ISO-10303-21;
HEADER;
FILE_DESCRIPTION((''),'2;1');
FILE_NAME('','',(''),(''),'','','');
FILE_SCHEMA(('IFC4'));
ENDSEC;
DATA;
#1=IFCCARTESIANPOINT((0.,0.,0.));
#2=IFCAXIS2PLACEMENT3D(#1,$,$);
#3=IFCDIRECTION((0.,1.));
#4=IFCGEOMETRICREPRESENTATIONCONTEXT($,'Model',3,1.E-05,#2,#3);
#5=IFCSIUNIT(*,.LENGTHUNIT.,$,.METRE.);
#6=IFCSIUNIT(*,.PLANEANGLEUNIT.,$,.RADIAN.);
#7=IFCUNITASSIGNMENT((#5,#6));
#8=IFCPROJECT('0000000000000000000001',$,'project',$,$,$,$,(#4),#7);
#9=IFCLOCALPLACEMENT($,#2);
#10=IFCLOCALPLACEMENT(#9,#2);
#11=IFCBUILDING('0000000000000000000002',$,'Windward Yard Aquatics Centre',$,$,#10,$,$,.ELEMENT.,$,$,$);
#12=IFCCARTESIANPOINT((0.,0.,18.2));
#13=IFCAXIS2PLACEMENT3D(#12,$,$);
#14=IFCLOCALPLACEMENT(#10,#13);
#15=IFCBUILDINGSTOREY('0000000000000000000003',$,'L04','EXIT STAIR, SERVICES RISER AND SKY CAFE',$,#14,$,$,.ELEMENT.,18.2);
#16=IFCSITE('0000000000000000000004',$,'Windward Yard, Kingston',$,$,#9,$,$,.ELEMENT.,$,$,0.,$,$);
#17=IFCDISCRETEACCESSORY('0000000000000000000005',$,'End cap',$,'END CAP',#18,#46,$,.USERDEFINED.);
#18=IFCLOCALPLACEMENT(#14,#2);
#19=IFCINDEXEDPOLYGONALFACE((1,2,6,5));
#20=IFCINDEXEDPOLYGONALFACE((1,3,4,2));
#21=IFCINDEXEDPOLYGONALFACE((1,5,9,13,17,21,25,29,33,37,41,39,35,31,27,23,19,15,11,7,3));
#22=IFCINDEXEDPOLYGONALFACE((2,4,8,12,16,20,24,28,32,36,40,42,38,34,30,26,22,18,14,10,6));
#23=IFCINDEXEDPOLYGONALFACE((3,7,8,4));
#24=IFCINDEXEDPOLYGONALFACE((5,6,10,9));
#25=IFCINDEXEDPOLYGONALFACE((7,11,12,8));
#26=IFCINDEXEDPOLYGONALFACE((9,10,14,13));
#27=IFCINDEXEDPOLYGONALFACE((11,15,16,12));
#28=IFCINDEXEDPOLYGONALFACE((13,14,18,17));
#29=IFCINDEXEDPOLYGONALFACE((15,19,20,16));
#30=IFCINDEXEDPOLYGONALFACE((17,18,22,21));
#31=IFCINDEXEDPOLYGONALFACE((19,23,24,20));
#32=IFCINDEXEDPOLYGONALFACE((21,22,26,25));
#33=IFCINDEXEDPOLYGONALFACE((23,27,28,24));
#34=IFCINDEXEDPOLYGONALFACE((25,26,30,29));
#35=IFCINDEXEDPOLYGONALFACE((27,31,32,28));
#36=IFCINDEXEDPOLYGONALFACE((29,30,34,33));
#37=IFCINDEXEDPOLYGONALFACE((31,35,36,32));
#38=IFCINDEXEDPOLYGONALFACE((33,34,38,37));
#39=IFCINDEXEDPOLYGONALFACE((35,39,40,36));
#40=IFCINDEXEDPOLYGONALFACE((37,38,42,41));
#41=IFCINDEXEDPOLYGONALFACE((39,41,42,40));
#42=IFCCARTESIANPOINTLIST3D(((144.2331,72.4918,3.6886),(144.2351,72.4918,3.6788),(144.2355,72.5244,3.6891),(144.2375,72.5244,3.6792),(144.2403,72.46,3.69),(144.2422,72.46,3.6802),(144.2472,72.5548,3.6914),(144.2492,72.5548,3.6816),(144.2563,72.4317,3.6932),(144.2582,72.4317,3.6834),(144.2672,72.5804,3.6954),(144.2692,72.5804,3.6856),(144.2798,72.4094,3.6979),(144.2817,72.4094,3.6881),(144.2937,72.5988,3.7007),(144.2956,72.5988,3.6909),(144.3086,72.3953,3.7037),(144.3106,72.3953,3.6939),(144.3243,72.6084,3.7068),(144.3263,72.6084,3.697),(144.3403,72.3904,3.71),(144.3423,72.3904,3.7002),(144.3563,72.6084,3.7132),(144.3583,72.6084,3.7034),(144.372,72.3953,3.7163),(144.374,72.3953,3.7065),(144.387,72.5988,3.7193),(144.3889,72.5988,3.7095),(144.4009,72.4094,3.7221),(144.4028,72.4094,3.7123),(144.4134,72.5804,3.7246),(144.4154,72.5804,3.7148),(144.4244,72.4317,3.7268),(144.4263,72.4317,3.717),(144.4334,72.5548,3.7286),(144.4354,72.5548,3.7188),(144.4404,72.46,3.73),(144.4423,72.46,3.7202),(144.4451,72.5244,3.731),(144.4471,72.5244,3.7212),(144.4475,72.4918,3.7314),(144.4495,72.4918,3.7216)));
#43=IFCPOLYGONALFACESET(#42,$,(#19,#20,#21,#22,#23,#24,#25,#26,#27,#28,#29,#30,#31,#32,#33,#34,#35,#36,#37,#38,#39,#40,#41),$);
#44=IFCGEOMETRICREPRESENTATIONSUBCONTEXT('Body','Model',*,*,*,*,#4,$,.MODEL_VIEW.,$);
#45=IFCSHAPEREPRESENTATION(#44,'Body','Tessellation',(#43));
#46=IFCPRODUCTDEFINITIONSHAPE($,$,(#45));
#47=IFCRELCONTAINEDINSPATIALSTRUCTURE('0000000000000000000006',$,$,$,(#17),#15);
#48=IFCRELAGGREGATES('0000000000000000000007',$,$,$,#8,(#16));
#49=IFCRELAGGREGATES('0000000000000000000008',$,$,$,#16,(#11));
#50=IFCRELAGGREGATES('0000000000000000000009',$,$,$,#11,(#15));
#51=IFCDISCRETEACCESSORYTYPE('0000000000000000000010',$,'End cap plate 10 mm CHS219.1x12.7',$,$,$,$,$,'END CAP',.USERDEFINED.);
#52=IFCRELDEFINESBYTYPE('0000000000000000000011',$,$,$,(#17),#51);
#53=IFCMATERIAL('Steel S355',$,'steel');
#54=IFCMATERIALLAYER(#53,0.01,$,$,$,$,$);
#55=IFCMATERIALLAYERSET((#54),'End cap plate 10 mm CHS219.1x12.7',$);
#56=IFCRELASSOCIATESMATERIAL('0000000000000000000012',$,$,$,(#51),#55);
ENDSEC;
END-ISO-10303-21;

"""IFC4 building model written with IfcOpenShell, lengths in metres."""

from ifc_helpers import new_model, si_unit, direction, frame, origin, origin_2d, place, context, subcontext, project, spatial, circle, extrude, material, layer, layer_set, type_object, element, save


model = new_model("IFC4")

# Units and contexts
model_context = context("Model", 3, precision=1e-05, world=origin(), true_north=direction((0.0, 1.0)))
body_context = subcontext(model_context, "Body", "Model", "MODEL_VIEW")
ifc_project = project(units=[si_unit("LENGTHUNIT", "METRE"), si_unit("PLANEANGLEUNIT", "RADIAN")], contexts=[model_context])

# Site, building, storey
site_placement = place(None, origin())
site = spatial("IfcSite", under=ifc_project, at=site_placement, Name="Windward Yard, Kingston", CompositionType="ELEMENT", RefElevation=0.0)
building_placement = place(site_placement, origin())
building = spatial("IfcBuilding", under=site, at=building_placement, Name="Windward Yard Aquatics Centre", CompositionType="ELEMENT")
storey_placement = place(building_placement, frame((0.0, 0.0, 18.2)))
storey = spatial("IfcBuildingStorey", under=building, at=storey_placement, Name="L04", Description="EXIT STAIR, SERVICES RISER AND SKY CAFE", CompositionType="ELEMENT", Elevation=18.2)

# Discrete accessory
ifc_material_1 = material(Name="Steel S355", Category="steel")
ifc_layer_1 = layer(ifc_material_1, 0.01)
ifc_layer_set_1 = layer_set([ifc_layer_1], Name="End cap plate 10 mm CHS219.1x12.7")
discrete_accessory_type = type_object("IfcDiscreteAccessoryType", Name="End cap plate 10 mm CHS219.1x12.7", ElementType="END CAP", PredefinedType="USERDEFINED", material=ifc_layer_set_1)
discrete_accessory_placement = place(storey_placement, frame((144.3423, 72.5, 3.7002), z_axis=(-0.196116, 0.0, 0.980581), x_axis=(0.0, -1.0, 0.0)))
element("IfcDiscreteAccessory", 1, at=discrete_accessory_placement, inside=storey, type_object=discrete_accessory_type, Name="End cap", ObjectType="END CAP", PredefinedType="USERDEFINED", context=body_context, shape_type="SweptSolid", body=[
    extrude(circle(Radius=0.1096, at=origin_2d()), origin(), (0.0, 0.0, 1.0), 0.01),
])

save(model, "model.ifc")
